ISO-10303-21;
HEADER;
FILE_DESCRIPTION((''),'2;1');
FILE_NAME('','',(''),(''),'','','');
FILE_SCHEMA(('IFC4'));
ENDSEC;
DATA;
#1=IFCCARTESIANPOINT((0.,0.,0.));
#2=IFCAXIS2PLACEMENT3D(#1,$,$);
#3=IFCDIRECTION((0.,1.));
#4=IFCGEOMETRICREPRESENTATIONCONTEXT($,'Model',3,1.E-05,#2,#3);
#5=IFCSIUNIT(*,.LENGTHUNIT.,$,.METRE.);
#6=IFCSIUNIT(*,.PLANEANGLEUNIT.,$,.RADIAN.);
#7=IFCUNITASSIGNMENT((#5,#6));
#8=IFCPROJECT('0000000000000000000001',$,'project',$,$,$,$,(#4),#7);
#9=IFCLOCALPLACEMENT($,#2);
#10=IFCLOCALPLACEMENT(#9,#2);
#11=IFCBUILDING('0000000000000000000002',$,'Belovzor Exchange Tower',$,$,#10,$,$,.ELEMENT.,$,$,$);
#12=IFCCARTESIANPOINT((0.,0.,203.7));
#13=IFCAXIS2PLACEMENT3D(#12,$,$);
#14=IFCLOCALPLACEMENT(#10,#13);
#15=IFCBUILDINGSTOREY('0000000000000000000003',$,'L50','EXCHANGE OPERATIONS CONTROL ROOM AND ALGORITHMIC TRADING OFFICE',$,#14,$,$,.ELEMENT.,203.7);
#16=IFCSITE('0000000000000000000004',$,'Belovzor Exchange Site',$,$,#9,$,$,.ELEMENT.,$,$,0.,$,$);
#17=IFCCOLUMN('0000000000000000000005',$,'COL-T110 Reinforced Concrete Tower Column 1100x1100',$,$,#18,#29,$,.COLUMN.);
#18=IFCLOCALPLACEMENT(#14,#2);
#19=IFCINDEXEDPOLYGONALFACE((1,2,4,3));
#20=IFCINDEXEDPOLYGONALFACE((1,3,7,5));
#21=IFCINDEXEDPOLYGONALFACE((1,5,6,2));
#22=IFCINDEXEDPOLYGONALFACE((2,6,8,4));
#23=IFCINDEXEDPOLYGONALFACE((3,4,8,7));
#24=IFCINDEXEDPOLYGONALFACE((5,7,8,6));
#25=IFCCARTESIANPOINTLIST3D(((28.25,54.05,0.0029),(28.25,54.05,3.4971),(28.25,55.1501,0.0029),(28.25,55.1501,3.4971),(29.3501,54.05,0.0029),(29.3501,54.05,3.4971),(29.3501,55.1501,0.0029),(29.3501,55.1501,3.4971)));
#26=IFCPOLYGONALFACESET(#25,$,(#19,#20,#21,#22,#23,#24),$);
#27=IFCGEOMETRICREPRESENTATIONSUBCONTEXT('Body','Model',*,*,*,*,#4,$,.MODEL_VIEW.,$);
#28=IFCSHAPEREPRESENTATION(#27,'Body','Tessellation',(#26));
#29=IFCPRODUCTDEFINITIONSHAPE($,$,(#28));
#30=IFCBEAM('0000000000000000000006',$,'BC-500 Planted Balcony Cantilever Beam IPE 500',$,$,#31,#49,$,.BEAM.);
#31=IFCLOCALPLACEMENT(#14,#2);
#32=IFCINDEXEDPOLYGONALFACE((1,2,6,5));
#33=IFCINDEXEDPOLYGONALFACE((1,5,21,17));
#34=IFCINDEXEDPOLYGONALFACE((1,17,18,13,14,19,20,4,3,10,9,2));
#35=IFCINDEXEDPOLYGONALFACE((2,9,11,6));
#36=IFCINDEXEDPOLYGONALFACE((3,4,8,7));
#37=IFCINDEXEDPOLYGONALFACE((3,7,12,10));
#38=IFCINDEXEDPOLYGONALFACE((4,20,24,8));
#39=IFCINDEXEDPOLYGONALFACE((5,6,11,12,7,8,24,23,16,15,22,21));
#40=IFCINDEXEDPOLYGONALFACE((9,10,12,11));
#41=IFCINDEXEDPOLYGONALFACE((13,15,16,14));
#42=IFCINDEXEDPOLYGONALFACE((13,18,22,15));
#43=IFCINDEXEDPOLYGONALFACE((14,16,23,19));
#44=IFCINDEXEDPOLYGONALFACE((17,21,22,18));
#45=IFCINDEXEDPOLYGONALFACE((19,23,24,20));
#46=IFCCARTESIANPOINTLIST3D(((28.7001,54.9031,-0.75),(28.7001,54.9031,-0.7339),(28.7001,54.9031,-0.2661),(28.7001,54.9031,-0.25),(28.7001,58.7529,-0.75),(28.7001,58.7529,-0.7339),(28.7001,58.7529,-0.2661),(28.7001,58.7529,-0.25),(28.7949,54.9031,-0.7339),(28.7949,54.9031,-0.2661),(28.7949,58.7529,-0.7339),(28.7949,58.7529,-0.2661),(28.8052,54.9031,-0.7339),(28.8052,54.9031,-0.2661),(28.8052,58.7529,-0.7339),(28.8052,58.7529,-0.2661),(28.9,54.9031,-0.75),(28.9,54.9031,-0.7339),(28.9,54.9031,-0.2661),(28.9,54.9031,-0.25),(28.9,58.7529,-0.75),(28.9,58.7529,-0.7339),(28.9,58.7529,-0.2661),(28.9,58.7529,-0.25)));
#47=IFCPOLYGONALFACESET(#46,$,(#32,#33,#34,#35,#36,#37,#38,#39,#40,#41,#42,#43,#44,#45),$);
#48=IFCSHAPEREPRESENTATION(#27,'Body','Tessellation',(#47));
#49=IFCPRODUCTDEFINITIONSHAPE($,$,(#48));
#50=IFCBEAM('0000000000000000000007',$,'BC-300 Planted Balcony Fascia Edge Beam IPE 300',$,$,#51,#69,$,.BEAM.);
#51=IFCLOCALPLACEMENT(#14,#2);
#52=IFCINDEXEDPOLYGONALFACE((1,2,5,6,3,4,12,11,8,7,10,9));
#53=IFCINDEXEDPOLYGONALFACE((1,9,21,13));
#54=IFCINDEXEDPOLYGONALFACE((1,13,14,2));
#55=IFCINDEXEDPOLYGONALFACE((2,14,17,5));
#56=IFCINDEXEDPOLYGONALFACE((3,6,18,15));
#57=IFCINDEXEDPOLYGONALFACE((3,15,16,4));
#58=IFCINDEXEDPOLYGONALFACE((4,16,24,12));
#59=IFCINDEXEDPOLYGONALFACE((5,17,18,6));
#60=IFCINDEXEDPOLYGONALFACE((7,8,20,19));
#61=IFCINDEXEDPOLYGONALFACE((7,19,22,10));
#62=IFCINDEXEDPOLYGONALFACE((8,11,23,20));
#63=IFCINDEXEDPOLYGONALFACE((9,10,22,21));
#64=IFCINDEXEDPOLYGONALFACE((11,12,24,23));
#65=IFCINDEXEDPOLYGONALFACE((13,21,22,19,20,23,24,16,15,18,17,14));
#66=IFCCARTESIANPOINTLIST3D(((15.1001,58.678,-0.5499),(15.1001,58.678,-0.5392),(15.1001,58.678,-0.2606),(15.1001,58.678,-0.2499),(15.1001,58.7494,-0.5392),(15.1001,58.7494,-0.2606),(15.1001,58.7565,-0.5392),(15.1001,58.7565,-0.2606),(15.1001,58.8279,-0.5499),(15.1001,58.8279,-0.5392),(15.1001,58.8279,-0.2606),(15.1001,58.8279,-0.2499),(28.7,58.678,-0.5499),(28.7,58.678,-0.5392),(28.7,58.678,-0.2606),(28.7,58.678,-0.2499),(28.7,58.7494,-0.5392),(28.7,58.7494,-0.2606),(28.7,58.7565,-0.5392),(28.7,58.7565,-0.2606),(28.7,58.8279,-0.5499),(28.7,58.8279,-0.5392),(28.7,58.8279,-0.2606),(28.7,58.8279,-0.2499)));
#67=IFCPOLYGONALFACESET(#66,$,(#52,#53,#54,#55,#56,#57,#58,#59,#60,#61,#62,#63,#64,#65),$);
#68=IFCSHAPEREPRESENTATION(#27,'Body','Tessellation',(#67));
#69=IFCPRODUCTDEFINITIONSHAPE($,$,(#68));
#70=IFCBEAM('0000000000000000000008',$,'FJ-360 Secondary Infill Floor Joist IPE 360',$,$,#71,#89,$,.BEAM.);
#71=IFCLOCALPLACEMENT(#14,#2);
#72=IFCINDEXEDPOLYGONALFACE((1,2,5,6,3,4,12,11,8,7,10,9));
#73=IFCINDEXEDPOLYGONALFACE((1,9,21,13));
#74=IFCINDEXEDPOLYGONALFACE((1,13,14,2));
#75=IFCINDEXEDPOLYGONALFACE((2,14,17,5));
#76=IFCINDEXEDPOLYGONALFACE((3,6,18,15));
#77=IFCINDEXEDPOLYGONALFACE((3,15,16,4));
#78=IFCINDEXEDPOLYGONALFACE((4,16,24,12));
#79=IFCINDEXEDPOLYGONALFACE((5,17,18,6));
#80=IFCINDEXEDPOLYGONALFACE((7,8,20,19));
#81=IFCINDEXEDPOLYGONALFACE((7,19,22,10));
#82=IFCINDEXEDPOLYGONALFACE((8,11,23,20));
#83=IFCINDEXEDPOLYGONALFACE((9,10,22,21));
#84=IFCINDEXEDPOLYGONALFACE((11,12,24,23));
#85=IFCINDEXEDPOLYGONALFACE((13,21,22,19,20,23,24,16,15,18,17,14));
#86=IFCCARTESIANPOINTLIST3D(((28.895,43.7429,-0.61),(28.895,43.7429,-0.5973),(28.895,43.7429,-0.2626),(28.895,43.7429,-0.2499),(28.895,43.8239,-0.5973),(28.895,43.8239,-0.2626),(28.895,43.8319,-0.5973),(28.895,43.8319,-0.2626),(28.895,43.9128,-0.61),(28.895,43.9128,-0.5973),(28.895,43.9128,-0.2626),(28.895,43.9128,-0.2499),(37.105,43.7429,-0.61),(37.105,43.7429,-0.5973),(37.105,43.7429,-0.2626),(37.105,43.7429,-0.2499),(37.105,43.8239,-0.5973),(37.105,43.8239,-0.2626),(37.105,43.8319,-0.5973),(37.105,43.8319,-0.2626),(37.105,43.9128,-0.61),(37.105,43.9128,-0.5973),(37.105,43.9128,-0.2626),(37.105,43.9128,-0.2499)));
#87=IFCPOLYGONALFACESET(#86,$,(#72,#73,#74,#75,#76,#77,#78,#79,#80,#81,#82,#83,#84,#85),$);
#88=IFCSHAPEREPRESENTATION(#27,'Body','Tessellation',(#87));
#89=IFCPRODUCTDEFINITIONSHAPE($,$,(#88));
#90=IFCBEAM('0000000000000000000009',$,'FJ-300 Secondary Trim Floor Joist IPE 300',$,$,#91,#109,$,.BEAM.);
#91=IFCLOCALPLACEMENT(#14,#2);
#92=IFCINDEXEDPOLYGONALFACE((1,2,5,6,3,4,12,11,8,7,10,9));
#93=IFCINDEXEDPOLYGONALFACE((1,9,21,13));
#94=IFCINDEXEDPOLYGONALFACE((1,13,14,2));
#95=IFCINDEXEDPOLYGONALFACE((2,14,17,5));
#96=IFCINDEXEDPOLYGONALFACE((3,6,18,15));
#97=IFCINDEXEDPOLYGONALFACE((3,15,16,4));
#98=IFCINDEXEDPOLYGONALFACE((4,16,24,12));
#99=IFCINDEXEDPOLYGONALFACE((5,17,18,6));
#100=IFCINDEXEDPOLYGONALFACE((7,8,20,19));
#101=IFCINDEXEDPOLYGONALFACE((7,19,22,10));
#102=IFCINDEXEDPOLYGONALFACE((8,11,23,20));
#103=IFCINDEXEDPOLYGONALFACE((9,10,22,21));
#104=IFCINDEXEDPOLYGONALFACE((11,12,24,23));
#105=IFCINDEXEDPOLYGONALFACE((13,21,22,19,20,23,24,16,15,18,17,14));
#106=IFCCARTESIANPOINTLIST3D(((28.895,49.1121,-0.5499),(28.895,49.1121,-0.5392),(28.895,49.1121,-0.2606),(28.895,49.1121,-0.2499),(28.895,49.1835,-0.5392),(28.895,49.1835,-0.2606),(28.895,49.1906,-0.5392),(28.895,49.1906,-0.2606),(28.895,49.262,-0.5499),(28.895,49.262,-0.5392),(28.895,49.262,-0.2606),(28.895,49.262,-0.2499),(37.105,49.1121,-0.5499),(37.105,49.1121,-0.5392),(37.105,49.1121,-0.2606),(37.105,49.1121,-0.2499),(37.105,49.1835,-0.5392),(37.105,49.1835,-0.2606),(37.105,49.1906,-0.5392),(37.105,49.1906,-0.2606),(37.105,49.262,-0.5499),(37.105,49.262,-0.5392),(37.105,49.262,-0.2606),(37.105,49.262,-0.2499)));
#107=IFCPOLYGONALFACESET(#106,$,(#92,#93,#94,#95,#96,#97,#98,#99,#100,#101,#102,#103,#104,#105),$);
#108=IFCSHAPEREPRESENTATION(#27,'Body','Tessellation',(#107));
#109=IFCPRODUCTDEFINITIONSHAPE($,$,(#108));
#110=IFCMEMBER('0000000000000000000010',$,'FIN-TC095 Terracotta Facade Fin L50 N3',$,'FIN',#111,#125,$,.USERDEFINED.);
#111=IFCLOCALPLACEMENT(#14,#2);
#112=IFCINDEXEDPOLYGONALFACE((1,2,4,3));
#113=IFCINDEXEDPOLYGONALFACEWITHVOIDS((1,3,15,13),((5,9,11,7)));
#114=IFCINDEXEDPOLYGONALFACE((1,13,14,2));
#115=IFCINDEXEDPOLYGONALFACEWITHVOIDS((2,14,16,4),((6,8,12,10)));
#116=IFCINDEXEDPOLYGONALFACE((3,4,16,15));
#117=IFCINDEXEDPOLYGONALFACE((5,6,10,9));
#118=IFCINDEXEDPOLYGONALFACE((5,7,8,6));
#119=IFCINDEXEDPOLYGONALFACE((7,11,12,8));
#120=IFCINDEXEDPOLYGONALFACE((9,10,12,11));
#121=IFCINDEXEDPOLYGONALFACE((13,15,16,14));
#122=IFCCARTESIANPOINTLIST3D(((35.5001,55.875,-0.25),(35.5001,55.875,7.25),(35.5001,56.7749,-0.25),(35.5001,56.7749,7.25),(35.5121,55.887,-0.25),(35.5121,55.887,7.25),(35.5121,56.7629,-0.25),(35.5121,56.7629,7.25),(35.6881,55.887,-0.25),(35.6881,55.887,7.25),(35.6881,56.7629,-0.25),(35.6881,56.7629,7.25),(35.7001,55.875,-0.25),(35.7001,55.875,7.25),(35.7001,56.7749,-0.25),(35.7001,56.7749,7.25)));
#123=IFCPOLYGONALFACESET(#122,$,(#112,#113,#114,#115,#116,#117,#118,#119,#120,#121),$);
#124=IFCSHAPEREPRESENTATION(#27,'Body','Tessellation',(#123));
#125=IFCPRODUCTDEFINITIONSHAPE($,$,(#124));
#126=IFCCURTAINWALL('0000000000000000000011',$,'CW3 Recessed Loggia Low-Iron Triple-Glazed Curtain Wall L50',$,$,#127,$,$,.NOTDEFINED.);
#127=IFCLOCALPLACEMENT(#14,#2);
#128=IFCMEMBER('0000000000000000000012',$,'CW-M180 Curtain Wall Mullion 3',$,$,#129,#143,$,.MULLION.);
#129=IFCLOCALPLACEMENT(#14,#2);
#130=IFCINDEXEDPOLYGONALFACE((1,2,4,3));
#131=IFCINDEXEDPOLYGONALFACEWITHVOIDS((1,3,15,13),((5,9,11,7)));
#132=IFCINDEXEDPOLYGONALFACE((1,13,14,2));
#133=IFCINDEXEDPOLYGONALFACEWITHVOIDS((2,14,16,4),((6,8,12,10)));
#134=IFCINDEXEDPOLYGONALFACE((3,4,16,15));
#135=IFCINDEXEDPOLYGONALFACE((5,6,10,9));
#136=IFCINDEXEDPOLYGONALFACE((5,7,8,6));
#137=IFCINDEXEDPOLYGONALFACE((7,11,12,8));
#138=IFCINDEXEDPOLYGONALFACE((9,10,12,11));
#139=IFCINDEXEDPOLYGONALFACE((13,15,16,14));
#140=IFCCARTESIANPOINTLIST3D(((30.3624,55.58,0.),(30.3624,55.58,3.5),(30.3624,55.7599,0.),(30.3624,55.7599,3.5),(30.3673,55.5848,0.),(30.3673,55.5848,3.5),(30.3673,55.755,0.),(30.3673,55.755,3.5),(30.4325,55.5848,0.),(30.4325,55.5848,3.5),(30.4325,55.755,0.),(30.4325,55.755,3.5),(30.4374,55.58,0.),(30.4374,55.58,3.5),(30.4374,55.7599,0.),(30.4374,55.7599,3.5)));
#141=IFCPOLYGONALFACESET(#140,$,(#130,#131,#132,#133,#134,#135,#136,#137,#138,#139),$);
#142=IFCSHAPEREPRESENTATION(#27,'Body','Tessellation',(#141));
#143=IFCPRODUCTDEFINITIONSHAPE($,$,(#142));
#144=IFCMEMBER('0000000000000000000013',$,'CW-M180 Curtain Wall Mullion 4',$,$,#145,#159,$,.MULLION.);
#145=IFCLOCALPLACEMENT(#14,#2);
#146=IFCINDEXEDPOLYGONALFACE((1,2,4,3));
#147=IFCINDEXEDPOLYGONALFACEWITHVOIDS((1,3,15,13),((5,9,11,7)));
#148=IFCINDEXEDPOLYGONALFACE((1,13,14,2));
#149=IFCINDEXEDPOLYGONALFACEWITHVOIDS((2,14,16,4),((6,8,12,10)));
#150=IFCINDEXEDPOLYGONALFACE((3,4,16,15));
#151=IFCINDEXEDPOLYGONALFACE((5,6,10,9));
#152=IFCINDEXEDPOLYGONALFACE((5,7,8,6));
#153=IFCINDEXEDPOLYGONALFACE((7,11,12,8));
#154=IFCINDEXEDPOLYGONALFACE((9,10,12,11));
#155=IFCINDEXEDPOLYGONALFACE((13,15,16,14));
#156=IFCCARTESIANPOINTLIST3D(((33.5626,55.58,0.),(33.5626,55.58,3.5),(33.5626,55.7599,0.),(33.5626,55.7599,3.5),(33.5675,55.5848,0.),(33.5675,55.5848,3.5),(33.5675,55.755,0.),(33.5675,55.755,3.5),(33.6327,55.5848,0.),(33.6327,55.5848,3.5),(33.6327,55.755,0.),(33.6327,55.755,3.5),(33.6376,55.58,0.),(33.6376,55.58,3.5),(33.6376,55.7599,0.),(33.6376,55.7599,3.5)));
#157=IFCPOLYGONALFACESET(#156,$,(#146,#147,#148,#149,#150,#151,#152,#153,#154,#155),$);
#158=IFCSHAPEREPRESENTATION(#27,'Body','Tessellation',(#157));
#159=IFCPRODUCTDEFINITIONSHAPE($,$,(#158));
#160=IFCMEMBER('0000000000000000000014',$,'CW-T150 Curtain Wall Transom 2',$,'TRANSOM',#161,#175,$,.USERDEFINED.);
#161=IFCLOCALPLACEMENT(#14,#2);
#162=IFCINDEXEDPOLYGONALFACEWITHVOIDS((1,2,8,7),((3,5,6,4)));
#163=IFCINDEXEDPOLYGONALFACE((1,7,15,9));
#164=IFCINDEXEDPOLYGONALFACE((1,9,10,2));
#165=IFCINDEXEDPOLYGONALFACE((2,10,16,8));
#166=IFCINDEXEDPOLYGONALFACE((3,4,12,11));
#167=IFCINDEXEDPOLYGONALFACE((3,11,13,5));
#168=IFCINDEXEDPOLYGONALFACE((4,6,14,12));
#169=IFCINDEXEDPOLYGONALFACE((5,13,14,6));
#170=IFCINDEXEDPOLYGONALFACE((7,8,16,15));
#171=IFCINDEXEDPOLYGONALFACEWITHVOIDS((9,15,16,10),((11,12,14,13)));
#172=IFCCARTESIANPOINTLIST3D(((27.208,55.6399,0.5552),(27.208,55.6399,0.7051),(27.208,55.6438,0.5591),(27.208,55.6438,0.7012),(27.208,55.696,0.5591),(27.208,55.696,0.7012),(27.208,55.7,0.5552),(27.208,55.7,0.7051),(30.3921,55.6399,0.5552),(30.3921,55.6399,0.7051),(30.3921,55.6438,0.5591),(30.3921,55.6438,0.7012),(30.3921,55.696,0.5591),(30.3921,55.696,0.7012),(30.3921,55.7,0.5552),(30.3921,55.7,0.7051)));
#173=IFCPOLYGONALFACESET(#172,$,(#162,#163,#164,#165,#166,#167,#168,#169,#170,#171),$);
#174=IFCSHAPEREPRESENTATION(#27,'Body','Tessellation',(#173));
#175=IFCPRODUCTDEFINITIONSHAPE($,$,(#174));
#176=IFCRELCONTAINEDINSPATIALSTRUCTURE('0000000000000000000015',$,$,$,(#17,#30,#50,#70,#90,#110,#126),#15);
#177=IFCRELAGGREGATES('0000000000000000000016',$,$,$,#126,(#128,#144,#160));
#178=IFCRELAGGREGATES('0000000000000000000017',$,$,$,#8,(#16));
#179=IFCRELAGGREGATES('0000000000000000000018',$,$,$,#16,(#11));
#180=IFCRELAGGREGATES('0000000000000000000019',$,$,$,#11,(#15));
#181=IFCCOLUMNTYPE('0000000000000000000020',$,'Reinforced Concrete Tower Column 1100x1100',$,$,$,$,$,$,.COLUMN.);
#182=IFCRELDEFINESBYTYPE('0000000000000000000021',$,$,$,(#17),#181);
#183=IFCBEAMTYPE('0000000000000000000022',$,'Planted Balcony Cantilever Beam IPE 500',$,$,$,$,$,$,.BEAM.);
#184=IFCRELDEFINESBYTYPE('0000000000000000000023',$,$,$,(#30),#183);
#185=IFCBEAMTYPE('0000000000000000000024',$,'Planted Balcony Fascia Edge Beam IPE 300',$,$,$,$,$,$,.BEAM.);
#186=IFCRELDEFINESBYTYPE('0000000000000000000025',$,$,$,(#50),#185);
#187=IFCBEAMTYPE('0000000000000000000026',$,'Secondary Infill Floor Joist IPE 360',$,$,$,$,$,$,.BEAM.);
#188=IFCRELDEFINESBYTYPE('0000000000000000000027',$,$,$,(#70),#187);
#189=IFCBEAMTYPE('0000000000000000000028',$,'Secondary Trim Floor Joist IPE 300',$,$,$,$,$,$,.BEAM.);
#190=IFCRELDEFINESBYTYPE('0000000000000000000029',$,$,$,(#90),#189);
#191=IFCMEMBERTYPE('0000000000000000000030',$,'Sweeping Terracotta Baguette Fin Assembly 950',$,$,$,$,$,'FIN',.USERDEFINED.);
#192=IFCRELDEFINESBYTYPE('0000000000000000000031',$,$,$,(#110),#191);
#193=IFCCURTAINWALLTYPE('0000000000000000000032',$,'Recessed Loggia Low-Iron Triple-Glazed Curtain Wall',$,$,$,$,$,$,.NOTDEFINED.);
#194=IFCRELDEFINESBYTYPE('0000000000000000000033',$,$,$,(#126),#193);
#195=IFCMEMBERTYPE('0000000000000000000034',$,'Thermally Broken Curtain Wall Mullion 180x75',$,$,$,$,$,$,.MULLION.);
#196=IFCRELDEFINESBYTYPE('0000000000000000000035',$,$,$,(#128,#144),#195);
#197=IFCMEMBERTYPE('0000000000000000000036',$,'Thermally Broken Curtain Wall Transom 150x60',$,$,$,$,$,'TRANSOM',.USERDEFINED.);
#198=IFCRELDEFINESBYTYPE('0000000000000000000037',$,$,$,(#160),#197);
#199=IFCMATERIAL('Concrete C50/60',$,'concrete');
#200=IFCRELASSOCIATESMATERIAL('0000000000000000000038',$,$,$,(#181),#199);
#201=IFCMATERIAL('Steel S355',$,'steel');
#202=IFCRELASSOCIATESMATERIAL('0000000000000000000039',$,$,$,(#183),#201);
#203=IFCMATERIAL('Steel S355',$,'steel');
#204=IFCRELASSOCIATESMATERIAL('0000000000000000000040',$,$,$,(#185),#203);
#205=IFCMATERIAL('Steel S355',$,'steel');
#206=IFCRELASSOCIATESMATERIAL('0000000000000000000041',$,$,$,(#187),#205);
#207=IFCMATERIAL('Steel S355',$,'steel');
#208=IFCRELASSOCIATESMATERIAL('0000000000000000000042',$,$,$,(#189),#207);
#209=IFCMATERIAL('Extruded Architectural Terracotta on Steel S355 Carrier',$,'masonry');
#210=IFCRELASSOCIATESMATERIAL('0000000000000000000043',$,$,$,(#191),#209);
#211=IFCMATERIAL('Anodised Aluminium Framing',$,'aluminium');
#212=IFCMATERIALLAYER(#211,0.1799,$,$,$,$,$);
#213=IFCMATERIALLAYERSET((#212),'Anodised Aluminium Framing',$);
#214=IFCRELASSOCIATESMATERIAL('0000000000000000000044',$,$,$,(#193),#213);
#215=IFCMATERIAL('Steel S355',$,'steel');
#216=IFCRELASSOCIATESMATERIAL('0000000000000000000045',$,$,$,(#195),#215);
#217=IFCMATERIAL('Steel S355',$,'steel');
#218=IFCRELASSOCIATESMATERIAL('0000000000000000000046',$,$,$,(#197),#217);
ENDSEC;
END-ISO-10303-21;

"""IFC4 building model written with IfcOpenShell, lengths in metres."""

from ifc_helpers import new_model, si_unit, direction, frame, origin, origin_2d, place, context, subcontext, project, spatial, rectangle, hollow_rectangle, i_section, extrude, material, layer, layer_set, material_profile, profile_set, type_object, element, aggregate, save


model = new_model("IFC4")

# Units and contexts
model_context = context("Model", 3, precision=1e-05, world=origin(), true_north=direction((0.0, 1.0)))
body_context = subcontext(model_context, "Body", "Model", "MODEL_VIEW")
ifc_project = project(units=[si_unit("LENGTHUNIT", "METRE"), si_unit("PLANEANGLEUNIT", "RADIAN")], contexts=[model_context])

# Site, building, storey
site_placement = place(None, origin())
site = spatial("IfcSite", under=ifc_project, at=site_placement, Name="Belovzor Exchange Site", CompositionType="ELEMENT", RefElevation=0.0)
building_placement = place(site_placement, origin())
building = spatial("IfcBuilding", under=site, at=building_placement, Name="Belovzor Exchange Tower", CompositionType="ELEMENT")
storey_placement = place(building_placement, frame((0.0, 0.0, 203.7)))
storey = spatial("IfcBuildingStorey", under=building, at=storey_placement, Name="L50", Description="EXCHANGE OPERATIONS CONTROL ROOM AND ALGORITHMIC TRADING OFFICE", CompositionType="ELEMENT", Elevation=203.7)

# Column
ifc_material_1 = material(Name="Concrete C50/60", Category="concrete")
ifc_material_profile_1 = material_profile(ifc_material_1, rectangle(XDim=1.1001, YDim=1.1001, at=origin_2d()))
ifc_profile_set_1 = profile_set([ifc_material_profile_1], Name="Concrete C50/60")
column_type = type_object("IfcColumnType", Name="Reinforced Concrete Tower Column 1100x1100", PredefinedType="COLUMN", material=ifc_profile_set_1)
column_placement = place(storey_placement, frame((28.8, 54.6001, 0.0029), z_axis=(0.0, 0.0, 1.0), x_axis=(1.0, 0.0, 0.0)))
element("IfcColumn", 1, at=column_placement, inside=storey, type_object=column_type, Name="COL-T110 Reinforced Concrete Tower Column 1100x1100", PredefinedType="COLUMN", context=body_context, shape_type="SweptSolid", body=[
    extrude(rectangle(XDim=1.1001, YDim=1.1001, at=origin_2d()), origin(), (0.0, 0.0, 1.0), 3.4941),
])

# Beams
ifc_material_2 = material(Name="Steel S355", Category="steel")
ifc_material_profile_2 = material_profile(ifc_material_2, i_section(OverallWidth=0.2, OverallDepth=0.5, WebThickness=0.0103, FlangeThickness=0.0161, at=origin_2d()))
ifc_profile_set_2 = profile_set([ifc_material_profile_2], Name="Steel S355")
beam_type_1 = type_object("IfcBeamType", Name="Planted Balcony Cantilever Beam IPE 500", PredefinedType="BEAM", material=ifc_profile_set_2)
beam_1_placement = place(storey_placement, frame((28.8, 54.9031, -0.5), z_axis=(0.0, 1.0, 0.0), x_axis=(-1.0, 0.0, 0.0)))
element("IfcBeam", 2, at=beam_1_placement, inside=storey, type_object=beam_type_1, Name="BC-500 Planted Balcony Cantilever Beam IPE 500", PredefinedType="BEAM", context=body_context, shape_type="SweptSolid", body=[
    extrude(i_section(OverallWidth=0.2, OverallDepth=0.5, WebThickness=0.0103, FlangeThickness=0.0161, at=origin_2d()), origin(), (0.0, 0.0, 1.0), 3.8499),
])
ifc_material_3 = material(Name="Steel S355", Category="steel")
ifc_material_profile_3 = material_profile(ifc_material_3, i_section(OverallWidth=0.1499, OverallDepth=0.3, WebThickness=0.0071, FlangeThickness=0.0107, at=origin_2d()))
ifc_profile_set_3 = profile_set([ifc_material_profile_3], Name="Steel S355")
beam_type_2 = type_object("IfcBeamType", Name="Planted Balcony Fascia Edge Beam IPE 300", PredefinedType="BEAM", material=ifc_profile_set_3)
beam_2_placement = place(storey_placement, frame((28.7, 58.7529, -0.3999), z_axis=(-1.0, 0.0, 0.0), x_axis=(0.0, -1.0, 0.0)))
element("IfcBeam", 3, at=beam_2_placement, inside=storey, type_object=beam_type_2, Name="BC-300 Planted Balcony Fascia Edge Beam IPE 300", PredefinedType="BEAM", context=body_context, shape_type="SweptSolid", body=[
    extrude(i_section(OverallWidth=0.1499, OverallDepth=0.3, WebThickness=0.0071, FlangeThickness=0.0107, at=origin_2d()), origin(), (0.0, 0.0, 1.0), 13.5999),
])
ifc_material_4 = material(Name="Steel S355", Category="steel")
ifc_material_profile_4 = material_profile(ifc_material_4, i_section(OverallWidth=0.1699, OverallDepth=0.3601, WebThickness=0.0081, FlangeThickness=0.0127, at=origin_2d()))
ifc_profile_set_4 = profile_set([ifc_material_profile_4], Name="Steel S355")
beam_type_3 = type_object("IfcBeamType", Name="Secondary Infill Floor Joist IPE 360", PredefinedType="BEAM", material=ifc_profile_set_4)
beam_3_placement = place(storey_placement, frame((28.895, 43.8279, -0.4299), z_axis=(1.0, 0.0, 0.0), x_axis=(0.0, 1.0, 0.0)))
element("IfcBeam", 4, at=beam_3_placement, inside=storey, type_object=beam_type_3, Name="FJ-360 Secondary Infill Floor Joist IPE 360", PredefinedType="BEAM", context=body_context, shape_type="SweptSolid", body=[
    extrude(i_section(OverallWidth=0.1699, OverallDepth=0.3601, WebThickness=0.0081, FlangeThickness=0.0127, at=origin_2d()), origin(), (0.0, 0.0, 1.0), 8.21),
])
ifc_material_5 = material(Name="Steel S355", Category="steel")
ifc_material_profile_5 = material_profile(ifc_material_5, i_section(OverallWidth=0.1499, OverallDepth=0.3, WebThickness=0.0071, FlangeThickness=0.0107, at=origin_2d()))
ifc_profile_set_5 = profile_set([ifc_material_profile_5], Name="Steel S355")
beam_type_4 = type_object("IfcBeamType", Name="Secondary Trim Floor Joist IPE 300", PredefinedType="BEAM", material=ifc_profile_set_5)
beam_4_placement = place(storey_placement, frame((28.895, 49.187, -0.3999), z_axis=(1.0, 0.0, 0.0), x_axis=(0.0, 1.0, 0.0)))
element("IfcBeam", 5, at=beam_4_placement, inside=storey, type_object=beam_type_4, Name="FJ-300 Secondary Trim Floor Joist IPE 300", PredefinedType="BEAM", context=body_context, shape_type="SweptSolid", body=[
    extrude(i_section(OverallWidth=0.1499, OverallDepth=0.3, WebThickness=0.0071, FlangeThickness=0.0107, at=origin_2d()), origin(), (0.0, 0.0, 1.0), 8.21),
])

# Member
ifc_material_6 = material(Name="Extruded Architectural Terracotta on Steel S355 Carrier", Category="masonry")
ifc_material_profile_6 = material_profile(ifc_material_6, hollow_rectangle(XDim=0.2, YDim=0.8999, WallThickness=0.012, at=origin_2d()))
ifc_profile_set_6 = profile_set([ifc_material_profile_6], Name="Extruded Architectural Terracotta on Steel S355 Carrier")
member_type_1 = type_object("IfcMemberType", Name="Sweeping Terracotta Baguette Fin Assembly 950", ElementType="FIN", PredefinedType="USERDEFINED", material=ifc_profile_set_6)
member_1_placement = place(storey_placement, frame((35.6001, 56.325, -0.25), z_axis=(0.0, 0.0, 1.0), x_axis=(1.0, 0.0, 0.0)))
element("IfcMember", 6, at=member_1_placement, inside=storey, type_object=member_type_1, Name="FIN-TC095 Terracotta Facade Fin L50 N3", ObjectType="FIN", PredefinedType="USERDEFINED", context=body_context, shape_type="SweptSolid", body=[
    extrude(hollow_rectangle(XDim=0.2, YDim=0.8999, WallThickness=0.012, at=origin_2d()), origin(), (0.0, 0.0, 1.0), 7.5),
])

# Curtain wall, members
ifc_material_7 = material(Name="Anodised Aluminium Framing", Category="aluminium")
ifc_layer_1 = layer(ifc_material_7, 0.1799)
ifc_layer_set_1 = layer_set([ifc_layer_1], Name="Anodised Aluminium Framing")
curtain_wall_type = type_object("IfcCurtainWallType", Name="Recessed Loggia Low-Iron Triple-Glazed Curtain Wall", PredefinedType="NOTDEFINED", material=ifc_layer_set_1)
curtain_wall_placement = place(storey_placement, origin())
curtain_wall = element("IfcCurtainWall", 7, at=curtain_wall_placement, inside=storey, type_object=curtain_wall_type, Name="CW3 Recessed Loggia Low-Iron Triple-Glazed Curtain Wall L50", PredefinedType="NOTDEFINED")
ifc_material_8 = material(Name="Steel S355", Category="steel")
ifc_material_profile_7 = material_profile(ifc_material_8, hollow_rectangle(XDim=0.075, YDim=0.1799, WallThickness=0.0049, at=origin_2d()))
ifc_profile_set_7 = profile_set([ifc_material_profile_7], Name="Steel S355")
member_type_2 = type_object("IfcMemberType", Name="Thermally Broken Curtain Wall Mullion 180x75", PredefinedType="MULLION", material=ifc_profile_set_7)
member_2_placement = place(storey_placement, frame((30.3999, 55.6699, 0.0), z_axis=(0.0, 0.0, 1.0), x_axis=(1.0, 0.0, 0.0)))
member_2 = element("IfcMember", 8, at=member_2_placement, type_object=member_type_2, Name="CW-M180 Curtain Wall Mullion 3", PredefinedType="MULLION", context=body_context, shape_type="SweptSolid", body=[
    extrude(hollow_rectangle(XDim=0.075, YDim=0.1799, WallThickness=0.0049, at=origin_2d()), origin(), (0.0, 0.0, 1.0), 3.5),
])
member_3_placement = place(storey_placement, frame((33.6001, 55.6699, 0.0), z_axis=(0.0, 0.0, 1.0), x_axis=(1.0, 0.0, 0.0)))
member_3 = element("IfcMember", 9, at=member_3_placement, type_object=member_type_2, Name="CW-M180 Curtain Wall Mullion 4", PredefinedType="MULLION", context=body_context, shape_type="SweptSolid", body=[
    extrude(hollow_rectangle(XDim=0.075, YDim=0.1799, WallThickness=0.0049, at=origin_2d()), origin(), (0.0, 0.0, 1.0), 3.5),
])
ifc_material_9 = material(Name="Steel S355", Category="steel")
ifc_material_profile_8 = material_profile(ifc_material_9, hollow_rectangle(XDim=0.0601, YDim=0.1499, WallThickness=0.0039, at=origin_2d()))
ifc_profile_set_8 = profile_set([ifc_material_profile_8], Name="Steel S355")
member_type_3 = type_object("IfcMemberType", Name="Thermally Broken Curtain Wall Transom 150x60", ElementType="TRANSOM", PredefinedType="USERDEFINED", material=ifc_profile_set_8)
member_4_placement = place(storey_placement, frame((27.208, 55.6699, 0.6301), z_axis=(1.0, 0.0, 0.0), x_axis=(0.0, 1.0, 0.0)))
member_4 = element("IfcMember", 10, at=member_4_placement, type_object=member_type_3, Name="CW-T150 Curtain Wall Transom 2", ObjectType="TRANSOM", PredefinedType="USERDEFINED", context=body_context, shape_type="SweptSolid", body=[
    extrude(hollow_rectangle(XDim=0.0601, YDim=0.1499, WallThickness=0.0039, at=origin_2d()), origin(), (0.0, 0.0, 1.0), 3.1841),
])

aggregate(curtain_wall, [member_2, member_3, member_4])

save(model, "model.ifc")
